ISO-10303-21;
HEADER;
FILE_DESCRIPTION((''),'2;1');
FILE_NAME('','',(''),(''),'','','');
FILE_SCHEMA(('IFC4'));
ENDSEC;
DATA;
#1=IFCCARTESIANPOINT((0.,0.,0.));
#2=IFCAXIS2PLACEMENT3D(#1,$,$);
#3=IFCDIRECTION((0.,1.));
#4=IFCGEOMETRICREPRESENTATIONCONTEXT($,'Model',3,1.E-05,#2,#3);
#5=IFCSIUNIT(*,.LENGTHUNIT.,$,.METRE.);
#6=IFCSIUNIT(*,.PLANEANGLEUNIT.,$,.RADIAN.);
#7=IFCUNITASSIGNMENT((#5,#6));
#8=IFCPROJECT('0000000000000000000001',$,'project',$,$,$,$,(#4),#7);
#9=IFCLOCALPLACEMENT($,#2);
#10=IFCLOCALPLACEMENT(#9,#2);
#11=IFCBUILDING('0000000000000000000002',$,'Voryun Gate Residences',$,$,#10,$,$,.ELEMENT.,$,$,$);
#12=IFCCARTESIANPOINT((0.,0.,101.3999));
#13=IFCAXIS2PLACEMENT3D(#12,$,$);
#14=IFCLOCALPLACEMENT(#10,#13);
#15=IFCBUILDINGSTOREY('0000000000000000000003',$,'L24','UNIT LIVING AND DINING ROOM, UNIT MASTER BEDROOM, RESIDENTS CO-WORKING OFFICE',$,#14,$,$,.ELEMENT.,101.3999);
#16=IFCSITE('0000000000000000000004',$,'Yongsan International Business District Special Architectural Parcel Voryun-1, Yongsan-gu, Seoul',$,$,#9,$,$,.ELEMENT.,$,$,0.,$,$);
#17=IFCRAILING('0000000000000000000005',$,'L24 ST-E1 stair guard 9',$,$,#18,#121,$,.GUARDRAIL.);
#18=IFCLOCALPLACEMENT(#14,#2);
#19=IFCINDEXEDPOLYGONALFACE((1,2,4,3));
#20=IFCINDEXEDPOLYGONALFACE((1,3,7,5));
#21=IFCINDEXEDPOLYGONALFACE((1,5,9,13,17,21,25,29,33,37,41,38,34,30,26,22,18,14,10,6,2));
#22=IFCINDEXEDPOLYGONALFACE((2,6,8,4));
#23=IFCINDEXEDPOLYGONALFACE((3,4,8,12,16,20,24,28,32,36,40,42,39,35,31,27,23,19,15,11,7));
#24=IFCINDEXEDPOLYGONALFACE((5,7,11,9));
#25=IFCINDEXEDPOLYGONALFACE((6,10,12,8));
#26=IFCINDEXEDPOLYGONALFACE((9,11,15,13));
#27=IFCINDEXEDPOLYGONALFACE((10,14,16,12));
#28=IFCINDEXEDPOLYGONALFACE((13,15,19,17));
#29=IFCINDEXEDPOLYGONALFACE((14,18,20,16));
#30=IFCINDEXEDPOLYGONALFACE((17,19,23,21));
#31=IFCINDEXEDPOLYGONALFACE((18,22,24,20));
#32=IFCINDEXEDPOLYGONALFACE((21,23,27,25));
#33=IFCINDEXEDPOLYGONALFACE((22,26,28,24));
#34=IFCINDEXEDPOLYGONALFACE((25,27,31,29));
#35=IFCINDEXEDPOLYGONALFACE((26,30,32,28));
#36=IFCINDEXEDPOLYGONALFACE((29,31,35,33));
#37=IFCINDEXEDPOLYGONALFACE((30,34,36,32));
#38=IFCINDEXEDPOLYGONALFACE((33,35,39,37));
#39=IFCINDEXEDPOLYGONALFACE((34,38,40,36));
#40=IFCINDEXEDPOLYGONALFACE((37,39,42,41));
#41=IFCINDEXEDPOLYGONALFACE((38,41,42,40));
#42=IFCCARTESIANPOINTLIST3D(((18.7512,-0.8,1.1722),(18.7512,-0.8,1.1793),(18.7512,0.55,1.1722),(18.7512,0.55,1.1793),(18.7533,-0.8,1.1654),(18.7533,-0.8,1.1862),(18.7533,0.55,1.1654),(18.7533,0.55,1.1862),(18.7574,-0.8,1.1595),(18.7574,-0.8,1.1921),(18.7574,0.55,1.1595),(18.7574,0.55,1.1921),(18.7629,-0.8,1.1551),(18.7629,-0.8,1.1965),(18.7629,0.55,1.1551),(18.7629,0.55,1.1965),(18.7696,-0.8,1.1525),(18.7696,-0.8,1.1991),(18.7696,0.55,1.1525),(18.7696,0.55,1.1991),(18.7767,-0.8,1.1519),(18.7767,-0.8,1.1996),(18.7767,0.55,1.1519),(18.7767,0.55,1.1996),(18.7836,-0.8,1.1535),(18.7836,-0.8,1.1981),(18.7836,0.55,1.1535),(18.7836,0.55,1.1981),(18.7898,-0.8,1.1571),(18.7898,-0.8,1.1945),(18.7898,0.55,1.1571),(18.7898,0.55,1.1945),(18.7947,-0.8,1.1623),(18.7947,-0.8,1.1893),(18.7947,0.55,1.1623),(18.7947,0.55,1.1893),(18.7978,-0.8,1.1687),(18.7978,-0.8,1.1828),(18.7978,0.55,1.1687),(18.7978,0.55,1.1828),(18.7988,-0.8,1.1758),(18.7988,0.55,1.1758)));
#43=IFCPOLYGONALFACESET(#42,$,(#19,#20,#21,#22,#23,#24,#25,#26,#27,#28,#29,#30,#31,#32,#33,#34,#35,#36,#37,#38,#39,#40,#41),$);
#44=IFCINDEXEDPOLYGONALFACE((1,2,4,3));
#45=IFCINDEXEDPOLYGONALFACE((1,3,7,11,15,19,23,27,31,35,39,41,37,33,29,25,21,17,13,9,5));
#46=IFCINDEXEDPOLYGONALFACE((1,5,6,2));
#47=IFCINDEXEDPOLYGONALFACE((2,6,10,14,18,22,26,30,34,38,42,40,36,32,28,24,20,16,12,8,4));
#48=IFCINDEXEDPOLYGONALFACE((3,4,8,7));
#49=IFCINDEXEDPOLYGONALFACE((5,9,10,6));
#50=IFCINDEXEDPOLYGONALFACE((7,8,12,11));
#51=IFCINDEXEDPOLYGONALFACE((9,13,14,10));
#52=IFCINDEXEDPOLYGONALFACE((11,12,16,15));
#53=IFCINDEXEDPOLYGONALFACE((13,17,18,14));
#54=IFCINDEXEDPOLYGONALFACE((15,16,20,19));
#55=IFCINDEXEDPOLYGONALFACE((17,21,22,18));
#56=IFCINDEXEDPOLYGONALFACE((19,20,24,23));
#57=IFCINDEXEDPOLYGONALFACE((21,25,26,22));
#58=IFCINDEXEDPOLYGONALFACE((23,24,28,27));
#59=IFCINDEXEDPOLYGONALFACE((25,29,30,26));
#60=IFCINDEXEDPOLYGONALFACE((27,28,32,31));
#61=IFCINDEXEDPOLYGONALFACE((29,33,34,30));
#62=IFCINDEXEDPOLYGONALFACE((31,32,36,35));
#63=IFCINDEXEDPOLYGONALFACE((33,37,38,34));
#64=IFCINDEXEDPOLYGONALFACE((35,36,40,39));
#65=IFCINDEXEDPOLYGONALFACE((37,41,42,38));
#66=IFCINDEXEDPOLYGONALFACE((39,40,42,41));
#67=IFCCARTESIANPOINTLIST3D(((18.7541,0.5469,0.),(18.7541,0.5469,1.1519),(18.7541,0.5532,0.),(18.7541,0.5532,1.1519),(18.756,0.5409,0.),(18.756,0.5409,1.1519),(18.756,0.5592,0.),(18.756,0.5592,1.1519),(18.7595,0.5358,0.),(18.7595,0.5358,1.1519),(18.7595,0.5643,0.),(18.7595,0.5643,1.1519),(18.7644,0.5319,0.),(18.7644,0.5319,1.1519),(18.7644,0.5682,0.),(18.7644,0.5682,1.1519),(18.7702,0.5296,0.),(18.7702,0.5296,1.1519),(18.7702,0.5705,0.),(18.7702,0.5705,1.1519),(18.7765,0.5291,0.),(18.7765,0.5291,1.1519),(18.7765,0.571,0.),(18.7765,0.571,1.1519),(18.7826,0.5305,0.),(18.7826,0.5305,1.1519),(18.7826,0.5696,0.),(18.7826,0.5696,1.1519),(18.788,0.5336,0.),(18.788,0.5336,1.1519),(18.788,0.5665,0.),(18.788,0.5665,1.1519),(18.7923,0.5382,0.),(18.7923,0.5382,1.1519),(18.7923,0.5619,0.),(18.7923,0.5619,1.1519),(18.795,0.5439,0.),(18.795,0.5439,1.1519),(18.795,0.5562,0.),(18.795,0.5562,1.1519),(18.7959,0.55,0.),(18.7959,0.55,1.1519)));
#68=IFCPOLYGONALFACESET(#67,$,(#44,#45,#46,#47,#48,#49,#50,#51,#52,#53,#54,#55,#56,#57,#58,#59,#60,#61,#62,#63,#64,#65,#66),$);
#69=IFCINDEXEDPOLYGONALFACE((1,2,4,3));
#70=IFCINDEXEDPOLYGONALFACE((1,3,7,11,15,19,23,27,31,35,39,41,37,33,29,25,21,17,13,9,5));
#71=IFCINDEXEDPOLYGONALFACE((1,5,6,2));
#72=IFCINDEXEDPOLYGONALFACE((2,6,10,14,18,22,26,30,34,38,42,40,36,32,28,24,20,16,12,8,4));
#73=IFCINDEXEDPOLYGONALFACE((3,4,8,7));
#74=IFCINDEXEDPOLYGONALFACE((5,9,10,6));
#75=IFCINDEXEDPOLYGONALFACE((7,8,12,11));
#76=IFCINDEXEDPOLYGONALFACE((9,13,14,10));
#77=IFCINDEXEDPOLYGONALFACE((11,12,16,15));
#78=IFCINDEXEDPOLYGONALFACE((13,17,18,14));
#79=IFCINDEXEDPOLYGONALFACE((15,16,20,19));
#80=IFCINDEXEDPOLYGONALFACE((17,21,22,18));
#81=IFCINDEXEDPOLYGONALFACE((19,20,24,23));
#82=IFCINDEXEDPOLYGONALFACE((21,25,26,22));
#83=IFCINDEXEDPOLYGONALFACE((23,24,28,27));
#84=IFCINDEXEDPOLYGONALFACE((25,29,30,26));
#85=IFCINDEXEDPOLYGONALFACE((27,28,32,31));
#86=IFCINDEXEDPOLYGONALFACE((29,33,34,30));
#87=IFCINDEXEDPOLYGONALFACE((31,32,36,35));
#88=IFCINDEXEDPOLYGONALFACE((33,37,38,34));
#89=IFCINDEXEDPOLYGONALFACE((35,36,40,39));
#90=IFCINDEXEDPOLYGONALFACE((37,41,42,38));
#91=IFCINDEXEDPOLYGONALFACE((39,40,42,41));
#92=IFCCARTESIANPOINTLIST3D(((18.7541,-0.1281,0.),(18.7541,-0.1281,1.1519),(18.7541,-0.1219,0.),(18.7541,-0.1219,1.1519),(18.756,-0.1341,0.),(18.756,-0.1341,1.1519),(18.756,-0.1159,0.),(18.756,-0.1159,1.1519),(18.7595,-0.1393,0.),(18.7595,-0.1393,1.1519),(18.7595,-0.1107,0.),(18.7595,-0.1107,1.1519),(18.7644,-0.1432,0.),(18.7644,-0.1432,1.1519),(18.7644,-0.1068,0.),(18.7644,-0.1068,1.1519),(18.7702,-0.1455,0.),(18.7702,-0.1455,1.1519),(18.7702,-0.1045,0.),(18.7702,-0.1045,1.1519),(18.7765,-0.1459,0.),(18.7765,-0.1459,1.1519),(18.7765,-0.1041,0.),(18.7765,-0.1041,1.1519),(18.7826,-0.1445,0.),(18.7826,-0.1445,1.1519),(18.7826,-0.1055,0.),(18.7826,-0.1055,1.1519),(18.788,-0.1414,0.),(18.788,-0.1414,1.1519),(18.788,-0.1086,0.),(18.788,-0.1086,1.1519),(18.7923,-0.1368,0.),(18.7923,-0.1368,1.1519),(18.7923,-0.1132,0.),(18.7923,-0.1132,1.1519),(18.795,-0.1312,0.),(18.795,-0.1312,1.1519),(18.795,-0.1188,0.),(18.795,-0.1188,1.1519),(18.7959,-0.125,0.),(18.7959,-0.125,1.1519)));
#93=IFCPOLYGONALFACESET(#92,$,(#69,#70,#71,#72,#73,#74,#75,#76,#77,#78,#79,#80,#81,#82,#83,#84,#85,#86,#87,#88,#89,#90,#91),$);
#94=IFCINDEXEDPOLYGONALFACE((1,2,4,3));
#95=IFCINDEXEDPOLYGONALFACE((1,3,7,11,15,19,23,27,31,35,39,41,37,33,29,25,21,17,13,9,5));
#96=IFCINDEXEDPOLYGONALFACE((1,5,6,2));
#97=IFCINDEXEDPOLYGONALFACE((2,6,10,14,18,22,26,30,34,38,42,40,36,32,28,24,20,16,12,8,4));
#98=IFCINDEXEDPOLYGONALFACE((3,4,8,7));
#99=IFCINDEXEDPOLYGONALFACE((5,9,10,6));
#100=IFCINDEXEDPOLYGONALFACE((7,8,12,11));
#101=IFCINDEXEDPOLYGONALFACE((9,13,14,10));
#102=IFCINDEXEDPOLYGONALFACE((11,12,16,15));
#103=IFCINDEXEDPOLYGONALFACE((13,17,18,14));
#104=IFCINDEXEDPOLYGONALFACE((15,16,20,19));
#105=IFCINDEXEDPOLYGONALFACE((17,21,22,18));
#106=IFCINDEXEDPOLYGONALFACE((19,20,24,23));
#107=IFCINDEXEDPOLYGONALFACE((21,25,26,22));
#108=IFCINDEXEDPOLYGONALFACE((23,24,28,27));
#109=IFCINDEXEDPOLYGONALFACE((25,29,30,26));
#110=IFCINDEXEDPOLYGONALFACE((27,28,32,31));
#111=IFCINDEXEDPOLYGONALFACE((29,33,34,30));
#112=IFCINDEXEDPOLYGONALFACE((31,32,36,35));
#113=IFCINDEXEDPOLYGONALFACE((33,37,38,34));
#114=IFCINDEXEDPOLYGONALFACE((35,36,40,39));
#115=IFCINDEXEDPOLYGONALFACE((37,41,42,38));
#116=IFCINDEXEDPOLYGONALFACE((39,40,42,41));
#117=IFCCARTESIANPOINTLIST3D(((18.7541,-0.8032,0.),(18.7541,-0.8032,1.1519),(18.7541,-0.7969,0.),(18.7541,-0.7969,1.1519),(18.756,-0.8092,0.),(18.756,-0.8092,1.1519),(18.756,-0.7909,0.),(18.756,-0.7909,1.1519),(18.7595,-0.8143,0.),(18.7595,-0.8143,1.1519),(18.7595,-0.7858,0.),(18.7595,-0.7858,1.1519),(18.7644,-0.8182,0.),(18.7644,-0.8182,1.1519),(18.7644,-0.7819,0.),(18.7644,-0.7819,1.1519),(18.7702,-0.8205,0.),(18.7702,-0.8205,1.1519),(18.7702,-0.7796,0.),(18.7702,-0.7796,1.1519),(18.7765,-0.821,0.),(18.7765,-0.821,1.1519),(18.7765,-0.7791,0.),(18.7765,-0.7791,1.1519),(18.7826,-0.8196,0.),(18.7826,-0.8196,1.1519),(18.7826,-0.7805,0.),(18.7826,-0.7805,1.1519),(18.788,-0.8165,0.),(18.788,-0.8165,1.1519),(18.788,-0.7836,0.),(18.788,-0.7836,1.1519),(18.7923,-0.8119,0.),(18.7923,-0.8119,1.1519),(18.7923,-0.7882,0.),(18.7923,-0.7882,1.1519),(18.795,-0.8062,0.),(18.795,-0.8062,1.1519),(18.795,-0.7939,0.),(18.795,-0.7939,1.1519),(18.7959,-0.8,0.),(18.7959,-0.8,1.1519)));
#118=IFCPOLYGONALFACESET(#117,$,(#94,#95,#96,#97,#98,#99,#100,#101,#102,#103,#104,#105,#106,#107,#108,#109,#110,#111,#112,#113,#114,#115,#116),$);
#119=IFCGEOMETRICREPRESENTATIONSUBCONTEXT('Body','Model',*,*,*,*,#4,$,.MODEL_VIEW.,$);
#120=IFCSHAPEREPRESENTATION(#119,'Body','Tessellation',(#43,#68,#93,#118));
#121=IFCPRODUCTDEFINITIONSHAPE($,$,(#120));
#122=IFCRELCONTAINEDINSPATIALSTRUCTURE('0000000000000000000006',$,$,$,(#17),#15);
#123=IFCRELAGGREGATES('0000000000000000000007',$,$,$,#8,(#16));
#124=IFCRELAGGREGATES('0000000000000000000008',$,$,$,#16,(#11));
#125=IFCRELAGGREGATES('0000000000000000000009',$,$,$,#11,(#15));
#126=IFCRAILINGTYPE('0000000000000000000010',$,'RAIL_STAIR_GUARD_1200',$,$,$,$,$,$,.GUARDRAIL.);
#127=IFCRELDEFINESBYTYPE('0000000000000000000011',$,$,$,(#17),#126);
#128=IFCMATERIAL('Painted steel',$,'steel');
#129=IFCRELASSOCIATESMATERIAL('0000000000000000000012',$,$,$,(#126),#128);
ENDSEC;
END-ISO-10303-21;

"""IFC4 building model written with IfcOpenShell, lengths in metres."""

from ifc_helpers import new_model, si_unit, direction, frame, origin, origin_2d, place, context, subcontext, project, spatial, circle, extrude, material, type_object, element, save


model = new_model("IFC4")

# Units and contexts
model_context = context("Model", 3, precision=1e-05, world=origin(), true_north=direction((0.0, 1.0)))
body_context = subcontext(model_context, "Body", "Model", "MODEL_VIEW")
ifc_project = project(units=[si_unit("LENGTHUNIT", "METRE"), si_unit("PLANEANGLEUNIT", "RADIAN")], contexts=[model_context])

# Site, building, storey
site_placement = place(None, origin())
site = spatial("IfcSite", under=ifc_project, at=site_placement, Name="Yongsan International Business District Special Architectural Parcel Voryun-1, Yongsan-gu, Seoul", CompositionType="ELEMENT", RefElevation=0.0)
building_placement = place(site_placement, origin())
building = spatial("IfcBuilding", under=site, at=building_placement, Name="Voryun Gate Residences", CompositionType="ELEMENT")
storey_placement = place(building_placement, frame((0.0, 0.0, 101.3999)))
storey = spatial("IfcBuildingStorey", under=building, at=storey_placement, Name="L24", Description="UNIT LIVING AND DINING ROOM, UNIT MASTER BEDROOM, RESIDENTS CO-WORKING OFFICE", CompositionType="ELEMENT", Elevation=101.3999)

# Railing
ifc_material_1 = material(Name="Painted steel", Category="steel")
railing_type = type_object("IfcRailingType", Name="RAIL_STAIR_GUARD_1200", PredefinedType="GUARDRAIL", material=ifc_material_1)
railing_1_placement = place(storey_placement, frame((18.7749, 0.55, 0.0)))
element("IfcRailing", 1, at=railing_1_placement, inside=storey, type_object=railing_type, Name="L24 ST-E1 stair guard 9", PredefinedType="GUARDRAIL", context=body_context, shape_type="SweptSolid", body=[
    extrude(circle(Radius=0.0239, at=origin_2d()), frame((0.0, 0.0, 1.1758), z_axis=(0.0, -1.0, 0.0), x_axis=(1.0, 0.0, 0.0)), (0.0, 0.0, 1.0), 1.3501),
    extrude(circle(Radius=0.021, at=origin_2d()), origin(), (0.0, 0.0, 1.0), 1.1519),
    extrude(circle(Radius=0.021, at=origin_2d()), frame((0.0, -0.675, 0.0)), (0.0, 0.0, 1.0), 1.1519),
    extrude(circle(Radius=0.021, at=origin_2d()), frame((0.0, -1.3501, 0.0)), (0.0, 0.0, 1.0), 1.1519),
])

save(model, "model.ifc")
